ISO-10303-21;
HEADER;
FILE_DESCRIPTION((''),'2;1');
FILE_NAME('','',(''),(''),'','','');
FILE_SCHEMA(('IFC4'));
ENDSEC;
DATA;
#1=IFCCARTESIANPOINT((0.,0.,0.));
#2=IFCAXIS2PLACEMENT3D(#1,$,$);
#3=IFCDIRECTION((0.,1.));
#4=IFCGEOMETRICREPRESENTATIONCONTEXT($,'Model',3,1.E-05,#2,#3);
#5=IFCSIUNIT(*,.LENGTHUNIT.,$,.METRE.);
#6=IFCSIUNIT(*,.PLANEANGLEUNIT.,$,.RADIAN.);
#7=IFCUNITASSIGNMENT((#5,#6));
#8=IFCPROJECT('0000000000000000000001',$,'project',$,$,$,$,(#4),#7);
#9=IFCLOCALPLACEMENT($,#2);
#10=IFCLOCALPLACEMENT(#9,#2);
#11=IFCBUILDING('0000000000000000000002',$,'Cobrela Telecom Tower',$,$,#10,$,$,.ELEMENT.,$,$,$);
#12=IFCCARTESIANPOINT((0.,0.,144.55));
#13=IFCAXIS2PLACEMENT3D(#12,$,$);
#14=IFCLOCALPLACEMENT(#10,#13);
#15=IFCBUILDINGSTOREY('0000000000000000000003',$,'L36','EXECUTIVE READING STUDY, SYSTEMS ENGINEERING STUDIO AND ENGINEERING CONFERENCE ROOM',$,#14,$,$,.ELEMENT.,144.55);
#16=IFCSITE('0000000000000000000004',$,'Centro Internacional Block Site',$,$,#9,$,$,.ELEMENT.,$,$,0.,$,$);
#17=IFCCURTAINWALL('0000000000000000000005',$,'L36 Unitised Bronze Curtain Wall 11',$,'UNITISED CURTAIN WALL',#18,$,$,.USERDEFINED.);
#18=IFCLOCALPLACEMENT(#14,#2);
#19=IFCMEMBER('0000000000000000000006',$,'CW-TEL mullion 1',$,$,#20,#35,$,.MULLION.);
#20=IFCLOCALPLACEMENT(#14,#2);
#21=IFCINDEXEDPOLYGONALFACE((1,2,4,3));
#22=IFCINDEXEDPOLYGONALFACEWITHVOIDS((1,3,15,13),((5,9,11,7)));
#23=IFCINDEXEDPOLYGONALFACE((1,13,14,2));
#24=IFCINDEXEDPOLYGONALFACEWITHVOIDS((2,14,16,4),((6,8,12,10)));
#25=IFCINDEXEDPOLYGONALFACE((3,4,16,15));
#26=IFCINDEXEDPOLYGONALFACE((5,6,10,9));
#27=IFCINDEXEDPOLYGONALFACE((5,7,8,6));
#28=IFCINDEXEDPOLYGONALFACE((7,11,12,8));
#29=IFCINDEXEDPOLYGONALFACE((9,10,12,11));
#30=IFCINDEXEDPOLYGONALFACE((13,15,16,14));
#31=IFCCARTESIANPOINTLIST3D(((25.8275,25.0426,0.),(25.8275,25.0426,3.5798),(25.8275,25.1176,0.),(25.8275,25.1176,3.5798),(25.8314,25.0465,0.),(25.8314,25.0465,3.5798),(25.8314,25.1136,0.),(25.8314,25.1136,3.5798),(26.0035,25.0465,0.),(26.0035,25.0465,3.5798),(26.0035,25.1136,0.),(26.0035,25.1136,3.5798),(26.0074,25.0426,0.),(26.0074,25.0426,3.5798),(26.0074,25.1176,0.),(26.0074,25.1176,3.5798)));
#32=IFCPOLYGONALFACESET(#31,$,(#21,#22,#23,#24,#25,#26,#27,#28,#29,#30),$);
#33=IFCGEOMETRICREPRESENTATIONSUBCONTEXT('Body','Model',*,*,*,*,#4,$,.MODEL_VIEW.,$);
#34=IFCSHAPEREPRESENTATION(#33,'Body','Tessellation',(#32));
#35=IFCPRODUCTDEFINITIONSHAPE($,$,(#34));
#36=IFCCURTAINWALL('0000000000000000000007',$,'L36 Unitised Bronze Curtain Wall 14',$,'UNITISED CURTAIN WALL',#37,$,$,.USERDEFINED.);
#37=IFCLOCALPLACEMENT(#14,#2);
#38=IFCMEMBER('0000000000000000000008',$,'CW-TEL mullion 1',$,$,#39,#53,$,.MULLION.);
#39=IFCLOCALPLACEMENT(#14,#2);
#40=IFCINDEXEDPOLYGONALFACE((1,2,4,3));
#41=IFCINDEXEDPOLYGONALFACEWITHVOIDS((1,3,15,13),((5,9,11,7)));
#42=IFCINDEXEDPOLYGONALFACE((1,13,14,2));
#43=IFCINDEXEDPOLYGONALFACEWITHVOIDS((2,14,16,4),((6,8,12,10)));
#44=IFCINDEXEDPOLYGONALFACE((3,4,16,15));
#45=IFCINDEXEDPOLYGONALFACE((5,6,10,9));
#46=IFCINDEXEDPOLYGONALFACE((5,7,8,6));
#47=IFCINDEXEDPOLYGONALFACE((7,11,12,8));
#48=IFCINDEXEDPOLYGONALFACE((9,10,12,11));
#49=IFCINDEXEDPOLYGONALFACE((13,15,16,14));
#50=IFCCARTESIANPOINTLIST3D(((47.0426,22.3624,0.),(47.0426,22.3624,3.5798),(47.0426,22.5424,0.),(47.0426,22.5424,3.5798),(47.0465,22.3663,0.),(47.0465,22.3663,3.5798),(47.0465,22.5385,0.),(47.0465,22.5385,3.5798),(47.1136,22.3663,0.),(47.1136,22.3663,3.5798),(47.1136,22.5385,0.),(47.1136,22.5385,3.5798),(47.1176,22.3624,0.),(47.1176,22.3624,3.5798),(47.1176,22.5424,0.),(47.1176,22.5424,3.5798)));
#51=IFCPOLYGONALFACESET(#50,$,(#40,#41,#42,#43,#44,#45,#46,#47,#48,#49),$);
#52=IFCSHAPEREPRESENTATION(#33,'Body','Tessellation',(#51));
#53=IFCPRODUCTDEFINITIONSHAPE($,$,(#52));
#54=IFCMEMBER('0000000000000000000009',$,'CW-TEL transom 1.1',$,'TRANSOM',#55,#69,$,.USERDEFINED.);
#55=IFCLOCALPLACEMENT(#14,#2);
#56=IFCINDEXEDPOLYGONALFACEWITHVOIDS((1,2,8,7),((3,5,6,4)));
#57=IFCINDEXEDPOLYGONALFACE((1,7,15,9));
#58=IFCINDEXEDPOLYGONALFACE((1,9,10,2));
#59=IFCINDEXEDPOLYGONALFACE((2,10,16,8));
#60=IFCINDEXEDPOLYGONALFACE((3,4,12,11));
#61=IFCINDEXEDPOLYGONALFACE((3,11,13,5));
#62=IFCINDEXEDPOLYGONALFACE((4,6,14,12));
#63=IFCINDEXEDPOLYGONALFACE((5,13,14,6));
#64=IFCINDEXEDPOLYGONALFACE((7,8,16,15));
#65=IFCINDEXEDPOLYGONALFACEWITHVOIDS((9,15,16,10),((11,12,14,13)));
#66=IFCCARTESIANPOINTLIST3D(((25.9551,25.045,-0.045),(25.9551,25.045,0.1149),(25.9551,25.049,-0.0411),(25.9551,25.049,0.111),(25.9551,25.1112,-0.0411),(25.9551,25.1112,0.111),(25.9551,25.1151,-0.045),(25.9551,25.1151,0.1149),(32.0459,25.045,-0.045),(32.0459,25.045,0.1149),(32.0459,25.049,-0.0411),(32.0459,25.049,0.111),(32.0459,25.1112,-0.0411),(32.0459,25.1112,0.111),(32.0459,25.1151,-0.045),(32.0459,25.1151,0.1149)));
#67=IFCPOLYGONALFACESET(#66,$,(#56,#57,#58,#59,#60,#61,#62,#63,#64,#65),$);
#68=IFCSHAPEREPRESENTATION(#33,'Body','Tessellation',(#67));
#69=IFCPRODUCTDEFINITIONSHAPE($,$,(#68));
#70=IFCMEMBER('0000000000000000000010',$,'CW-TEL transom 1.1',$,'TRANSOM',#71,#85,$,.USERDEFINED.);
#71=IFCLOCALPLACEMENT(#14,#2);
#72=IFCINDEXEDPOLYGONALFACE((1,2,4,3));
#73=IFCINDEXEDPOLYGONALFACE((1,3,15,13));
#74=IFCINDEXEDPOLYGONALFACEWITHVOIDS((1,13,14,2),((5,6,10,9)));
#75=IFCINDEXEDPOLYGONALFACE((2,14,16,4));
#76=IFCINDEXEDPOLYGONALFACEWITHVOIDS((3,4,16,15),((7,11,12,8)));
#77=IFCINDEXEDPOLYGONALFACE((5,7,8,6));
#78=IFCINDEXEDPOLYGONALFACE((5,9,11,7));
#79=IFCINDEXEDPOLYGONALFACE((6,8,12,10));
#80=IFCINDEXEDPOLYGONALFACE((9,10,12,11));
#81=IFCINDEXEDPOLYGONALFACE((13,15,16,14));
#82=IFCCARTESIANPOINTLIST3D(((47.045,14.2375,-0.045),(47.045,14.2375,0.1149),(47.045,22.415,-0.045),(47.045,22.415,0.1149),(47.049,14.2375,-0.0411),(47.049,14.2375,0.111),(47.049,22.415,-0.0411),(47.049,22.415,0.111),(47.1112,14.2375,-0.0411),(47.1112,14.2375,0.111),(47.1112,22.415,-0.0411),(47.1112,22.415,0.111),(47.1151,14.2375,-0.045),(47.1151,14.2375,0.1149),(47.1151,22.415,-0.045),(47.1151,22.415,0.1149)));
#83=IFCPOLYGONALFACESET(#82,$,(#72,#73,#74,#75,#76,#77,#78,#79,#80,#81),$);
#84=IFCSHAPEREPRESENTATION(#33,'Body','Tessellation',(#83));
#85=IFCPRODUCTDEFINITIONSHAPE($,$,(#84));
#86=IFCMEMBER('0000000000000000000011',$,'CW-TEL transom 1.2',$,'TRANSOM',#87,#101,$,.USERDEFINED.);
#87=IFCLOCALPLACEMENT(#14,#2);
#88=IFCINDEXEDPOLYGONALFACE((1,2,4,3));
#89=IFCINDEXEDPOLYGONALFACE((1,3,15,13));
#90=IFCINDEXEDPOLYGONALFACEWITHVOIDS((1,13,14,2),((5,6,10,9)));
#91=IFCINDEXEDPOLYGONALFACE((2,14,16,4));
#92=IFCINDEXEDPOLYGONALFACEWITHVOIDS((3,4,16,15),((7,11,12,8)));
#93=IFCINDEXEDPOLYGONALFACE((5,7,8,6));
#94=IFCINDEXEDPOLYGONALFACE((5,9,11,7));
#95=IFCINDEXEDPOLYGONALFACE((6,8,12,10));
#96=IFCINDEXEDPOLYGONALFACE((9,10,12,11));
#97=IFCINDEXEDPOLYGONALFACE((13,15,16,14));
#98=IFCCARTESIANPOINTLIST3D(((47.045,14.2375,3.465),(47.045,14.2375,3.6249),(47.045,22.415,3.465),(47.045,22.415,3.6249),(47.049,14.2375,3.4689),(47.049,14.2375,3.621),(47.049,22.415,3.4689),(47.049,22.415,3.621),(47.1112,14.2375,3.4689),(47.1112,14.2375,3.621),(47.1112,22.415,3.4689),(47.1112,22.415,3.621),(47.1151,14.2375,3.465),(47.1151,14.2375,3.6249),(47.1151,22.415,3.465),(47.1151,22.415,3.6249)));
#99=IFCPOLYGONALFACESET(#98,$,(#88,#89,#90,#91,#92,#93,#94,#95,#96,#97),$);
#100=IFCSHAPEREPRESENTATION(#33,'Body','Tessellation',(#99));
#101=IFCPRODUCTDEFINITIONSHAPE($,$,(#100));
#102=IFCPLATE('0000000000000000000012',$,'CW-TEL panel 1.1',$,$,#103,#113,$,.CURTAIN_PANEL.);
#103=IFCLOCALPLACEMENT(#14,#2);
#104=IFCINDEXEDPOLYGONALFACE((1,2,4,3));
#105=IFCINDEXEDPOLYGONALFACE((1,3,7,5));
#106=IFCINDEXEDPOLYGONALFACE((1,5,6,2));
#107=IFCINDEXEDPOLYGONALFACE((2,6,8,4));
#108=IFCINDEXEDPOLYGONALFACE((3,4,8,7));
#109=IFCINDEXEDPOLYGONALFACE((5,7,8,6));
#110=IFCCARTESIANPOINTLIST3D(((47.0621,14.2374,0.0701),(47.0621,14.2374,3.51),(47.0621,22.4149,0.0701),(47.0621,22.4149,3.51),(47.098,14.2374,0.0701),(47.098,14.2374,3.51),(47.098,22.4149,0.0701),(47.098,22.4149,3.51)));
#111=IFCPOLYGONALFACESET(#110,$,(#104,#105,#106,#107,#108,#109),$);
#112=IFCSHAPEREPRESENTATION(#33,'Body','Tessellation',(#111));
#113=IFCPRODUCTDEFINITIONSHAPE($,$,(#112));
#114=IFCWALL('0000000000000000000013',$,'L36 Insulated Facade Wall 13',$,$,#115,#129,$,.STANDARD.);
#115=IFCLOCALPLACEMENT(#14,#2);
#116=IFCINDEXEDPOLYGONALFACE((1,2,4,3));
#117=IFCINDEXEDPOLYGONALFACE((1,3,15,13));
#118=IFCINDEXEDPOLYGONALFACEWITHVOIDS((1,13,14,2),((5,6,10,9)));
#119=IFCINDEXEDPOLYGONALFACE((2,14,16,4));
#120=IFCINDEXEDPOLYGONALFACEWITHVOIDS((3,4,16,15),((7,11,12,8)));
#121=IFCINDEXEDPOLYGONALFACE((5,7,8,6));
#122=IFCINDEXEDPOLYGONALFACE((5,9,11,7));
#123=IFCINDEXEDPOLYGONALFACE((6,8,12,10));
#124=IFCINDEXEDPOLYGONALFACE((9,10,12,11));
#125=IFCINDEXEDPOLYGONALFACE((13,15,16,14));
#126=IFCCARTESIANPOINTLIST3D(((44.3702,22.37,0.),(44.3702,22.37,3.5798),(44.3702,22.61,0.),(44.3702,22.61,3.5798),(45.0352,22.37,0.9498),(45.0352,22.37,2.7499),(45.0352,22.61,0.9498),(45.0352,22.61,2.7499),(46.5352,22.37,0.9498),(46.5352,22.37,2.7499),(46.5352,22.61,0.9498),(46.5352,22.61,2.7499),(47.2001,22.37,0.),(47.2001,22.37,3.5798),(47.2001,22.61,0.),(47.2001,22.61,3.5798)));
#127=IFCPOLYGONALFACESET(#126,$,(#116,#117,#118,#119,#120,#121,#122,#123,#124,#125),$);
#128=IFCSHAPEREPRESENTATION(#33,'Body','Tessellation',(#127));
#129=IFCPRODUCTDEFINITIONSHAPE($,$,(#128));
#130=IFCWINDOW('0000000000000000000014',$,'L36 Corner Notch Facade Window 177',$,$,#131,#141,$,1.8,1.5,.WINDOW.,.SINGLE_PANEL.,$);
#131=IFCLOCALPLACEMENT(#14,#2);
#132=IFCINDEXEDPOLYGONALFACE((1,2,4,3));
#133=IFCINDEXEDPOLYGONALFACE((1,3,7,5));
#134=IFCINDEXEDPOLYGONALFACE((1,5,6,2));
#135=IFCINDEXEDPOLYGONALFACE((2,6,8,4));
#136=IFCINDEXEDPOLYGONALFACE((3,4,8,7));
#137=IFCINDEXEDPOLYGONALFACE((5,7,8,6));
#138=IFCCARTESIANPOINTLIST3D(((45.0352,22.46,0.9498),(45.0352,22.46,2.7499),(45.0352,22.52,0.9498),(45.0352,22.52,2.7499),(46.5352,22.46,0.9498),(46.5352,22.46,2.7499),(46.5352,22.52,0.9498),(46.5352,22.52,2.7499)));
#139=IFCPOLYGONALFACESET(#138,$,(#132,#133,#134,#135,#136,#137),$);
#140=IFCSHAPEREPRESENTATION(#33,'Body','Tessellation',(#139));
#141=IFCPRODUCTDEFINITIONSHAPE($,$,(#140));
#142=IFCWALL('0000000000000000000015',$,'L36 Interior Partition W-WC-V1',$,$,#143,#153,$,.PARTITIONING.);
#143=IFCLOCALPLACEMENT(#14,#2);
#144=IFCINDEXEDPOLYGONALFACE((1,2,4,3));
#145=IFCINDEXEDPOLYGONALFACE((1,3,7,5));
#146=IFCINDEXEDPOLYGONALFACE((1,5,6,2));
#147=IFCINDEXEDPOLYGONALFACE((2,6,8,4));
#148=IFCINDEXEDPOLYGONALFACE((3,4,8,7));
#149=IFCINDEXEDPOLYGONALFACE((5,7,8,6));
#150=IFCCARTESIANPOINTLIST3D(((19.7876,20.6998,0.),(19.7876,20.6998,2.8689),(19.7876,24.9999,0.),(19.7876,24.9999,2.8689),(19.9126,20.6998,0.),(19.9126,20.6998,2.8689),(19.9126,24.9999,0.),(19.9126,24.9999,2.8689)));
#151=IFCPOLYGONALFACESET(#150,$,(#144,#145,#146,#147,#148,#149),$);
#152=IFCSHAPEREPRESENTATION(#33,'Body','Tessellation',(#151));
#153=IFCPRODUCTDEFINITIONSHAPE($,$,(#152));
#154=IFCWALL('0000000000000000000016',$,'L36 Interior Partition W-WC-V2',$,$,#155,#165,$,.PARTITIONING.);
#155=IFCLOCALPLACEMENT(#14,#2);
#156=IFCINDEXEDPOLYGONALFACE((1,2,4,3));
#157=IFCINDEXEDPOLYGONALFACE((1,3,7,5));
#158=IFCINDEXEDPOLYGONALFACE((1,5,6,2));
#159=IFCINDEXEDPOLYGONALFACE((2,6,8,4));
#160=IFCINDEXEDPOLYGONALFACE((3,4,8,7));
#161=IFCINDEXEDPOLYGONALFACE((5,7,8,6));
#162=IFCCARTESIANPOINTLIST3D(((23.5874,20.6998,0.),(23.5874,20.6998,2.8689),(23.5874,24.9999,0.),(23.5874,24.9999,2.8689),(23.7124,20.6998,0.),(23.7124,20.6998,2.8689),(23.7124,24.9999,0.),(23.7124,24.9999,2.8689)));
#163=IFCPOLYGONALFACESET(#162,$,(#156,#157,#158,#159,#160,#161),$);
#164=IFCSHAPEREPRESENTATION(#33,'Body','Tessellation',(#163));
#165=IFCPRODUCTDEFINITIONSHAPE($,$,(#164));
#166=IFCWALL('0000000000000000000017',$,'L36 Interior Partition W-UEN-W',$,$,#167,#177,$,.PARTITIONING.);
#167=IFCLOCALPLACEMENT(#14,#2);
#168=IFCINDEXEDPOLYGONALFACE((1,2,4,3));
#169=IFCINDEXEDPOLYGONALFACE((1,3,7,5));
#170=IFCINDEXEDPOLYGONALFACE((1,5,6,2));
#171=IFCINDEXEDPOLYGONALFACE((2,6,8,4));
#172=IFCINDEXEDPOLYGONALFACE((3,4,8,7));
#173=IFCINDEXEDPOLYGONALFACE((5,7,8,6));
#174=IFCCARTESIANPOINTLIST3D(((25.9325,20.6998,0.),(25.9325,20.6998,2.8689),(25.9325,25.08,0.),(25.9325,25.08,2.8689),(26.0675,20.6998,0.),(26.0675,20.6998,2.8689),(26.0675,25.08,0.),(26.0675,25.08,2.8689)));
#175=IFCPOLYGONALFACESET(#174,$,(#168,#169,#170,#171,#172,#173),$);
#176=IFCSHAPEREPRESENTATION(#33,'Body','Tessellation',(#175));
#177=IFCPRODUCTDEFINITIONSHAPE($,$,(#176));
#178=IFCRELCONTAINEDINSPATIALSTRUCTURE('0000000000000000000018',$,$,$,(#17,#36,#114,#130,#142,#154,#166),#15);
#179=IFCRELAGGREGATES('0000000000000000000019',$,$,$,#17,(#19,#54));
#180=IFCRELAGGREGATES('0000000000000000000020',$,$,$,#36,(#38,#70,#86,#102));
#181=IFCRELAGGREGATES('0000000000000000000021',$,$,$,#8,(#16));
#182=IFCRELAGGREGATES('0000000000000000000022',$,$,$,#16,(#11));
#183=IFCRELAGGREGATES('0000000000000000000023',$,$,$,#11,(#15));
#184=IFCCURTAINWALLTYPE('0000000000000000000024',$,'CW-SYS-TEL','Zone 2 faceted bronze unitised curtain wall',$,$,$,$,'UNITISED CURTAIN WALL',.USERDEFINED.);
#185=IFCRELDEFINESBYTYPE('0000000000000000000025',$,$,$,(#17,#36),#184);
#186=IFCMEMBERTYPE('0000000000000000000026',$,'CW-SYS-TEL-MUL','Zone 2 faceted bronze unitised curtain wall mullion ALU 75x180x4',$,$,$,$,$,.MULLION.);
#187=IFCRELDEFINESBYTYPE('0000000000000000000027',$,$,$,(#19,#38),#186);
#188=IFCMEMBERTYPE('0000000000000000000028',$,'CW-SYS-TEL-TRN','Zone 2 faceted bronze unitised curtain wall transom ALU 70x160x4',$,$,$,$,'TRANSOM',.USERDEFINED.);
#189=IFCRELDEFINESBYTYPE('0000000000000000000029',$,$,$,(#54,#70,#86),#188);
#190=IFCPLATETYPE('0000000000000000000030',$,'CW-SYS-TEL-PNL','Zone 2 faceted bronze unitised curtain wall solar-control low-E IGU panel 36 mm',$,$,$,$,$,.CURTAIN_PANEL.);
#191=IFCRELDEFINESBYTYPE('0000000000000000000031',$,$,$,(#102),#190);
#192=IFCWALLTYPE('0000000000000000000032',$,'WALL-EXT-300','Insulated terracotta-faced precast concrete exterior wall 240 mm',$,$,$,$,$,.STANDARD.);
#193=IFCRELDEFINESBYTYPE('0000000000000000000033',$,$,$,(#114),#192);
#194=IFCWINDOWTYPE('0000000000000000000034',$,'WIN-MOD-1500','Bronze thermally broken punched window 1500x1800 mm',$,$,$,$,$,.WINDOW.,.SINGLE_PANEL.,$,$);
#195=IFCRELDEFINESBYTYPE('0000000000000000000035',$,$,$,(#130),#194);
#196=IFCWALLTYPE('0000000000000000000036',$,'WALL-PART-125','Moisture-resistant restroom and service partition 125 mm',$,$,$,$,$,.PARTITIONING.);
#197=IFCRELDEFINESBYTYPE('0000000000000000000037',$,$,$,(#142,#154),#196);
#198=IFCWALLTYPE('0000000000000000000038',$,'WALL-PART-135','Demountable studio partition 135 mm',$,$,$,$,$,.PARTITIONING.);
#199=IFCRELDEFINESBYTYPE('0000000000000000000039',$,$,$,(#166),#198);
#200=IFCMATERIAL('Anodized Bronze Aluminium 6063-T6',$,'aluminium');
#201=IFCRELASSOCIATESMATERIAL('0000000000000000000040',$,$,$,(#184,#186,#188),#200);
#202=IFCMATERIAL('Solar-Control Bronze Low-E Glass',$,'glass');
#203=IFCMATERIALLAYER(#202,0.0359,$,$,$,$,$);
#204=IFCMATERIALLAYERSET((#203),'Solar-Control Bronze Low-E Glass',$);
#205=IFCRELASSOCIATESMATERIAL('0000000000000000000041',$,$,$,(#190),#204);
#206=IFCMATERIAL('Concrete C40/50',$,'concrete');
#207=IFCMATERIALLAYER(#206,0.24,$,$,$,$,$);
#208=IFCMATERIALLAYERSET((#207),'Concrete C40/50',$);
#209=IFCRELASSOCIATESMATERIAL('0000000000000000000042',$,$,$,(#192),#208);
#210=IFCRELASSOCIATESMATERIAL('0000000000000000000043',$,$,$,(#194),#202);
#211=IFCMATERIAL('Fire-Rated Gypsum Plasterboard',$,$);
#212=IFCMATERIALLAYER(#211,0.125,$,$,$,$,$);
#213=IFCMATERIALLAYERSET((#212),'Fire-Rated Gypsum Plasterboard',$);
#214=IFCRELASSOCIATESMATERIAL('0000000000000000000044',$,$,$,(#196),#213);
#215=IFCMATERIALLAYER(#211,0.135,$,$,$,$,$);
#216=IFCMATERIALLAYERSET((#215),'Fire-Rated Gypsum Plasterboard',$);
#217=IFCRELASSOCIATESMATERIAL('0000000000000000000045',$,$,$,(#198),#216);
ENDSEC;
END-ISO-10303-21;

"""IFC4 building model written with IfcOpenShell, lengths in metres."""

from ifc_helpers import new_model, si_unit, direction, frame, frame_2d, origin, origin_2d, place, context, subcontext, project, spatial, rectangle, hollow_rectangle, extrude, material, layer, layer_set, material_profile, profile_set, type_object, element, fill, aggregate, save


model = new_model("IFC4")

# Units and contexts
model_context = context("Model", 3, precision=1e-05, world=origin(), true_north=direction((0.0, 1.0)))
body_context = subcontext(model_context, "Body", "Model", "MODEL_VIEW")
ifc_project = project(units=[si_unit("LENGTHUNIT", "METRE"), si_unit("PLANEANGLEUNIT", "RADIAN")], contexts=[model_context])

# Site, building, storey
site_placement = place(None, origin())
site = spatial("IfcSite", under=ifc_project, at=site_placement, Name="Centro Internacional Block Site", CompositionType="ELEMENT", RefElevation=0.0)
building_placement = place(site_placement, origin())
building = spatial("IfcBuilding", under=site, at=building_placement, Name="Cobrela Telecom Tower", CompositionType="ELEMENT")
storey_placement = place(building_placement, frame((0.0, 0.0, 144.55)))
storey = spatial("IfcBuildingStorey", under=building, at=storey_placement, Name="L36", Description="EXECUTIVE READING STUDY, SYSTEMS ENGINEERING STUDIO AND ENGINEERING CONFERENCE ROOM", CompositionType="ELEMENT", Elevation=144.55)

# Curtain walls, members
ifc_material_1 = material(Name="Anodized Bronze Aluminium 6063-T6", Category="aluminium")
curtain_wall_type = type_object("IfcCurtainWallType", Name="CW-SYS-TEL", Description="Zone 2 faceted bronze unitised curtain wall", ElementType="UNITISED CURTAIN WALL", PredefinedType="USERDEFINED", material=ifc_material_1)
curtain_wall_1_placement = place(storey_placement, origin())
curtain_wall_1 = element("IfcCurtainWall", 1, at=curtain_wall_1_placement, inside=storey, type_object=curtain_wall_type, Name="L36 Unitised Bronze Curtain Wall 11", ObjectType="UNITISED CURTAIN WALL", PredefinedType="USERDEFINED")
ifc_material_profile_1 = material_profile(ifc_material_1, hollow_rectangle(XDim=0.075, YDim=0.1799, WallThickness=0.0039, at=origin_2d()), Name="ALU 75x180x4")
ifc_profile_set_1 = profile_set([ifc_material_profile_1], Name="Anodized Bronze Aluminium 6063-T6")
member_type_1 = type_object("IfcMemberType", Name="CW-SYS-TEL-MUL", Description="Zone 2 faceted bronze unitised curtain wall mullion ALU 75x180x4", PredefinedType="MULLION", material=ifc_profile_set_1)
member_1_placement = place(storey_placement, frame((25.9175, 25.0801, 0.0), z_axis=(0.0, 0.0, 1.0), x_axis=(0.0, 1.0, 0.0)))
member_1 = element("IfcMember", 2, at=member_1_placement, type_object=member_type_1, Name="CW-TEL mullion 1", PredefinedType="MULLION", context=body_context, shape_type="SweptSolid", body=[
    extrude(hollow_rectangle(XDim=0.075, YDim=0.1799, WallThickness=0.0039, at=origin_2d()), origin(), (0.0, 0.0, 1.0), 3.5798),
])
curtain_wall_2_placement = place(storey_placement, origin())
curtain_wall_2 = element("IfcCurtainWall", 3, at=curtain_wall_2_placement, inside=storey, type_object=curtain_wall_type, Name="L36 Unitised Bronze Curtain Wall 14", ObjectType="UNITISED CURTAIN WALL", PredefinedType="USERDEFINED")
member_2_placement = place(storey_placement, frame((47.0801, 22.4524, 0.0), z_axis=(0.0, 0.0, 1.0), x_axis=(1.0, 0.0, 0.0)))
member_2 = element("IfcMember", 4, at=member_2_placement, type_object=member_type_1, Name="CW-TEL mullion 1", PredefinedType="MULLION", context=body_context, shape_type="SweptSolid", body=[
    extrude(hollow_rectangle(XDim=0.075, YDim=0.1799, WallThickness=0.0039, at=origin_2d()), origin(), (0.0, 0.0, 1.0), 3.5798),
])

# Members
ifc_material_profile_2 = material_profile(ifc_material_1, hollow_rectangle(XDim=0.0701, YDim=0.1599, WallThickness=0.0039, at=origin_2d()), Name="ALU 70x160x4")
ifc_profile_set_2 = profile_set([ifc_material_profile_2], Name="Anodized Bronze Aluminium 6063-T6")
member_type_2 = type_object("IfcMemberType", Name="CW-SYS-TEL-TRN", Description="Zone 2 faceted bronze unitised curtain wall transom ALU 70x160x4", ElementType="TRANSOM", PredefinedType="USERDEFINED", material=ifc_profile_set_2)
member_3_placement = place(storey_placement, frame((25.9551, 25.0801, 0.0349), z_axis=(1.0, 0.0, 0.0), x_axis=(0.0, 1.0, 0.0)))
member_3 = element("IfcMember", 5, at=member_3_placement, type_object=member_type_2, Name="CW-TEL transom 1.1", ObjectType="TRANSOM", PredefinedType="USERDEFINED", context=body_context, shape_type="SweptSolid", body=[
    extrude(hollow_rectangle(XDim=0.0701, YDim=0.1599, WallThickness=0.0039, at=origin_2d()), origin(), (0.0, 0.0, 1.0), 6.0908),
])
aggregate(curtain_wall_1, [member_1, member_3])
member_4_placement = place(storey_placement, frame((47.0801, 22.415, 0.0349), z_axis=(0.0, -1.0, 0.0), x_axis=(1.0, 0.0, 0.0)))
member_4 = element("IfcMember", 6, at=member_4_placement, type_object=member_type_2, Name="CW-TEL transom 1.1", ObjectType="TRANSOM", PredefinedType="USERDEFINED", context=body_context, shape_type="SweptSolid", body=[
    extrude(hollow_rectangle(XDim=0.0701, YDim=0.1599, WallThickness=0.0039, at=origin_2d()), origin(), (0.0, 0.0, 1.0), 8.1775),
])
member_5_placement = place(storey_placement, frame((47.0801, 22.415, 3.5449), z_axis=(0.0, -1.0, 0.0), x_axis=(1.0, 0.0, 0.0)))
member_5 = element("IfcMember", 7, at=member_5_placement, type_object=member_type_2, Name="CW-TEL transom 1.2", ObjectType="TRANSOM", PredefinedType="USERDEFINED", context=body_context, shape_type="SweptSolid", body=[
    extrude(hollow_rectangle(XDim=0.0701, YDim=0.1599, WallThickness=0.0039, at=origin_2d()), origin(), (0.0, 0.0, 1.0), 8.1775),
])

# Plate
ifc_material_2 = material(Name="Solar-Control Bronze Low-E Glass", Category="glass")
ifc_layer_1 = layer(ifc_material_2, 0.0359)
ifc_layer_set_1 = layer_set([ifc_layer_1], Name="Solar-Control Bronze Low-E Glass")
plate_type = type_object("IfcPlateType", Name="CW-SYS-TEL-PNL", Description="Zone 2 faceted bronze unitised curtain wall solar-control low-E IGU panel 36 mm", PredefinedType="CURTAIN_PANEL", material=ifc_layer_set_1)
plate_placement = place(storey_placement, frame((47.0801, 18.3262, 0.0701), z_axis=(0.0, 0.0, 1.0), x_axis=(0.0, -1.0, 0.0)))
plate = element("IfcPlate", 8, at=plate_placement, type_object=plate_type, Name="CW-TEL panel 1.1", PredefinedType="CURTAIN_PANEL", context=body_context, shape_type="SweptSolid", body=[
    extrude(rectangle(XDim=8.1775, YDim=0.0359, at=origin_2d()), origin(), (0.0, 0.0, 1.0), 3.4399),
])
aggregate(curtain_wall_2, [member_2, member_4, member_5, plate])

# Wall, opening, window
ifc_material_3 = material(Name="Concrete C40/50", Category="concrete")
ifc_layer_2 = layer(ifc_material_3, 0.24)
ifc_layer_set_2 = layer_set([ifc_layer_2], Name="Concrete C40/50")
wall_type_1 = type_object("IfcWallType", Name="WALL-EXT-300", Description="Insulated terracotta-faced precast concrete exterior wall 240 mm", PredefinedType="STANDARD", material=ifc_layer_set_2)
wall_1_placement = place(storey_placement, frame((44.3701, 22.49, 0.0), z_axis=(0.0, 0.0, 1.0), x_axis=(1.0, 0.0, 0.0)))
wall_1 = element("IfcWall", 9, at=wall_1_placement, inside=storey, type_object=wall_type_1, Name="L36 Insulated Facade Wall 13", PredefinedType="STANDARD", context=body_context, shape_type="SweptSolid", body=[
    extrude(rectangle(XDim=2.8298, YDim=0.24, at=frame_2d((1.415, 0.0))), origin(), (0.0, 0.0, 1.0), 3.5798),
])
opening_placement = place(wall_1_placement, frame((0.665, 0.0, 0.95)))
opening = element("IfcOpeningElement", 10, at=opening_placement, cuts=wall_1, PredefinedType="OPENING", context=body_context, shape_type="SweptSolid", body=[
    extrude(rectangle(XDim=1.5, YDim=1.8, at=frame_2d((0.75, 0.8999))), frame((0.0, 0.1318, 0.0), z_axis=(0.0, -1.0, 0.0), x_axis=(1.0, 0.0, 0.0)), (0.0, 0.0, 1.0), 0.2639),
])
window_type = type_object("IfcWindowType", Name="WIN-MOD-1500", Description="Bronze thermally broken punched window 1500x1800 mm", PartitioningType="SINGLE_PANEL", PredefinedType="WINDOW", material=ifc_material_2)
window_placement = place(opening_placement, origin())
window = element("IfcWindow", 11, at=window_placement, inside=storey, type_object=window_type, Name="L36 Corner Notch Facade Window 177", OverallHeight=1.8, OverallWidth=1.5, PartitioningType="SINGLE_PANEL", PredefinedType="WINDOW", context=body_context, shape_type="SweptSolid", body=[
    extrude(rectangle(XDim=1.5, YDim=1.8, at=frame_2d((0.75, 0.8999))), frame((0.0, 0.03, 0.0), z_axis=(0.0, -1.0, 0.0), x_axis=(1.0, 0.0, 0.0)), (0.0, 0.0, 1.0), 0.0601),
])
fill(opening, window)

# Walls
ifc_material_4 = material(Name="Fire-Rated Gypsum Plasterboard")
ifc_layer_3 = layer(ifc_material_4, 0.125)
ifc_layer_set_3 = layer_set([ifc_layer_3], Name="Fire-Rated Gypsum Plasterboard")
wall_type_2 = type_object("IfcWallType", Name="WALL-PART-125", Description="Moisture-resistant restroom and service partition 125 mm", PredefinedType="PARTITIONING", material=ifc_layer_set_3)
for number, where, z_axis, x_axis, name in (
    (12, (19.8501, 20.7, 0.0), (0.0, 0.0, 1.0), (0.0, 1.0, 0.0), "L36 Interior Partition W-WC-V1"),
    (13, (23.6499, 20.7, 0.0), (0.0, 0.0, 1.0), (0.0, 1.0, 0.0), "L36 Interior Partition W-WC-V2"),
):
    element("IfcWall", number, at=place(storey_placement, frame(where, z_axis=z_axis, x_axis=x_axis)), inside=storey, type_object=wall_type_2, Name=name, PredefinedType="PARTITIONING", context=body_context, shape_type="SweptSolid", body=[
        extrude(rectangle(XDim=4.3, YDim=0.125, at=frame_2d((2.1499, 0.0))), origin(), (0.0, 0.0, 1.0), 2.8689),
    ])
ifc_layer_4 = layer(ifc_material_4, 0.135)
ifc_layer_set_4 = layer_set([ifc_layer_4], Name="Fire-Rated Gypsum Plasterboard")
wall_type_3 = type_object("IfcWallType", Name="WALL-PART-135", Description="Demountable studio partition 135 mm", PredefinedType="PARTITIONING", material=ifc_layer_set_4)
wall_2_placement = place(storey_placement, frame((26.0, 20.7, 0.0), z_axis=(0.0, 0.0, 1.0), x_axis=(0.0, 1.0, 0.0)))
element("IfcWall", 14, at=wall_2_placement, inside=storey, type_object=wall_type_3, Name="L36 Interior Partition W-UEN-W", PredefinedType="PARTITIONING", context=body_context, shape_type="SweptSolid", body=[
    extrude(rectangle(XDim=4.3801, YDim=0.135, at=frame_2d((2.1899, 0.0))), origin(), (0.0, 0.0, 1.0), 2.8689),
])

save(model, "model.ifc")
